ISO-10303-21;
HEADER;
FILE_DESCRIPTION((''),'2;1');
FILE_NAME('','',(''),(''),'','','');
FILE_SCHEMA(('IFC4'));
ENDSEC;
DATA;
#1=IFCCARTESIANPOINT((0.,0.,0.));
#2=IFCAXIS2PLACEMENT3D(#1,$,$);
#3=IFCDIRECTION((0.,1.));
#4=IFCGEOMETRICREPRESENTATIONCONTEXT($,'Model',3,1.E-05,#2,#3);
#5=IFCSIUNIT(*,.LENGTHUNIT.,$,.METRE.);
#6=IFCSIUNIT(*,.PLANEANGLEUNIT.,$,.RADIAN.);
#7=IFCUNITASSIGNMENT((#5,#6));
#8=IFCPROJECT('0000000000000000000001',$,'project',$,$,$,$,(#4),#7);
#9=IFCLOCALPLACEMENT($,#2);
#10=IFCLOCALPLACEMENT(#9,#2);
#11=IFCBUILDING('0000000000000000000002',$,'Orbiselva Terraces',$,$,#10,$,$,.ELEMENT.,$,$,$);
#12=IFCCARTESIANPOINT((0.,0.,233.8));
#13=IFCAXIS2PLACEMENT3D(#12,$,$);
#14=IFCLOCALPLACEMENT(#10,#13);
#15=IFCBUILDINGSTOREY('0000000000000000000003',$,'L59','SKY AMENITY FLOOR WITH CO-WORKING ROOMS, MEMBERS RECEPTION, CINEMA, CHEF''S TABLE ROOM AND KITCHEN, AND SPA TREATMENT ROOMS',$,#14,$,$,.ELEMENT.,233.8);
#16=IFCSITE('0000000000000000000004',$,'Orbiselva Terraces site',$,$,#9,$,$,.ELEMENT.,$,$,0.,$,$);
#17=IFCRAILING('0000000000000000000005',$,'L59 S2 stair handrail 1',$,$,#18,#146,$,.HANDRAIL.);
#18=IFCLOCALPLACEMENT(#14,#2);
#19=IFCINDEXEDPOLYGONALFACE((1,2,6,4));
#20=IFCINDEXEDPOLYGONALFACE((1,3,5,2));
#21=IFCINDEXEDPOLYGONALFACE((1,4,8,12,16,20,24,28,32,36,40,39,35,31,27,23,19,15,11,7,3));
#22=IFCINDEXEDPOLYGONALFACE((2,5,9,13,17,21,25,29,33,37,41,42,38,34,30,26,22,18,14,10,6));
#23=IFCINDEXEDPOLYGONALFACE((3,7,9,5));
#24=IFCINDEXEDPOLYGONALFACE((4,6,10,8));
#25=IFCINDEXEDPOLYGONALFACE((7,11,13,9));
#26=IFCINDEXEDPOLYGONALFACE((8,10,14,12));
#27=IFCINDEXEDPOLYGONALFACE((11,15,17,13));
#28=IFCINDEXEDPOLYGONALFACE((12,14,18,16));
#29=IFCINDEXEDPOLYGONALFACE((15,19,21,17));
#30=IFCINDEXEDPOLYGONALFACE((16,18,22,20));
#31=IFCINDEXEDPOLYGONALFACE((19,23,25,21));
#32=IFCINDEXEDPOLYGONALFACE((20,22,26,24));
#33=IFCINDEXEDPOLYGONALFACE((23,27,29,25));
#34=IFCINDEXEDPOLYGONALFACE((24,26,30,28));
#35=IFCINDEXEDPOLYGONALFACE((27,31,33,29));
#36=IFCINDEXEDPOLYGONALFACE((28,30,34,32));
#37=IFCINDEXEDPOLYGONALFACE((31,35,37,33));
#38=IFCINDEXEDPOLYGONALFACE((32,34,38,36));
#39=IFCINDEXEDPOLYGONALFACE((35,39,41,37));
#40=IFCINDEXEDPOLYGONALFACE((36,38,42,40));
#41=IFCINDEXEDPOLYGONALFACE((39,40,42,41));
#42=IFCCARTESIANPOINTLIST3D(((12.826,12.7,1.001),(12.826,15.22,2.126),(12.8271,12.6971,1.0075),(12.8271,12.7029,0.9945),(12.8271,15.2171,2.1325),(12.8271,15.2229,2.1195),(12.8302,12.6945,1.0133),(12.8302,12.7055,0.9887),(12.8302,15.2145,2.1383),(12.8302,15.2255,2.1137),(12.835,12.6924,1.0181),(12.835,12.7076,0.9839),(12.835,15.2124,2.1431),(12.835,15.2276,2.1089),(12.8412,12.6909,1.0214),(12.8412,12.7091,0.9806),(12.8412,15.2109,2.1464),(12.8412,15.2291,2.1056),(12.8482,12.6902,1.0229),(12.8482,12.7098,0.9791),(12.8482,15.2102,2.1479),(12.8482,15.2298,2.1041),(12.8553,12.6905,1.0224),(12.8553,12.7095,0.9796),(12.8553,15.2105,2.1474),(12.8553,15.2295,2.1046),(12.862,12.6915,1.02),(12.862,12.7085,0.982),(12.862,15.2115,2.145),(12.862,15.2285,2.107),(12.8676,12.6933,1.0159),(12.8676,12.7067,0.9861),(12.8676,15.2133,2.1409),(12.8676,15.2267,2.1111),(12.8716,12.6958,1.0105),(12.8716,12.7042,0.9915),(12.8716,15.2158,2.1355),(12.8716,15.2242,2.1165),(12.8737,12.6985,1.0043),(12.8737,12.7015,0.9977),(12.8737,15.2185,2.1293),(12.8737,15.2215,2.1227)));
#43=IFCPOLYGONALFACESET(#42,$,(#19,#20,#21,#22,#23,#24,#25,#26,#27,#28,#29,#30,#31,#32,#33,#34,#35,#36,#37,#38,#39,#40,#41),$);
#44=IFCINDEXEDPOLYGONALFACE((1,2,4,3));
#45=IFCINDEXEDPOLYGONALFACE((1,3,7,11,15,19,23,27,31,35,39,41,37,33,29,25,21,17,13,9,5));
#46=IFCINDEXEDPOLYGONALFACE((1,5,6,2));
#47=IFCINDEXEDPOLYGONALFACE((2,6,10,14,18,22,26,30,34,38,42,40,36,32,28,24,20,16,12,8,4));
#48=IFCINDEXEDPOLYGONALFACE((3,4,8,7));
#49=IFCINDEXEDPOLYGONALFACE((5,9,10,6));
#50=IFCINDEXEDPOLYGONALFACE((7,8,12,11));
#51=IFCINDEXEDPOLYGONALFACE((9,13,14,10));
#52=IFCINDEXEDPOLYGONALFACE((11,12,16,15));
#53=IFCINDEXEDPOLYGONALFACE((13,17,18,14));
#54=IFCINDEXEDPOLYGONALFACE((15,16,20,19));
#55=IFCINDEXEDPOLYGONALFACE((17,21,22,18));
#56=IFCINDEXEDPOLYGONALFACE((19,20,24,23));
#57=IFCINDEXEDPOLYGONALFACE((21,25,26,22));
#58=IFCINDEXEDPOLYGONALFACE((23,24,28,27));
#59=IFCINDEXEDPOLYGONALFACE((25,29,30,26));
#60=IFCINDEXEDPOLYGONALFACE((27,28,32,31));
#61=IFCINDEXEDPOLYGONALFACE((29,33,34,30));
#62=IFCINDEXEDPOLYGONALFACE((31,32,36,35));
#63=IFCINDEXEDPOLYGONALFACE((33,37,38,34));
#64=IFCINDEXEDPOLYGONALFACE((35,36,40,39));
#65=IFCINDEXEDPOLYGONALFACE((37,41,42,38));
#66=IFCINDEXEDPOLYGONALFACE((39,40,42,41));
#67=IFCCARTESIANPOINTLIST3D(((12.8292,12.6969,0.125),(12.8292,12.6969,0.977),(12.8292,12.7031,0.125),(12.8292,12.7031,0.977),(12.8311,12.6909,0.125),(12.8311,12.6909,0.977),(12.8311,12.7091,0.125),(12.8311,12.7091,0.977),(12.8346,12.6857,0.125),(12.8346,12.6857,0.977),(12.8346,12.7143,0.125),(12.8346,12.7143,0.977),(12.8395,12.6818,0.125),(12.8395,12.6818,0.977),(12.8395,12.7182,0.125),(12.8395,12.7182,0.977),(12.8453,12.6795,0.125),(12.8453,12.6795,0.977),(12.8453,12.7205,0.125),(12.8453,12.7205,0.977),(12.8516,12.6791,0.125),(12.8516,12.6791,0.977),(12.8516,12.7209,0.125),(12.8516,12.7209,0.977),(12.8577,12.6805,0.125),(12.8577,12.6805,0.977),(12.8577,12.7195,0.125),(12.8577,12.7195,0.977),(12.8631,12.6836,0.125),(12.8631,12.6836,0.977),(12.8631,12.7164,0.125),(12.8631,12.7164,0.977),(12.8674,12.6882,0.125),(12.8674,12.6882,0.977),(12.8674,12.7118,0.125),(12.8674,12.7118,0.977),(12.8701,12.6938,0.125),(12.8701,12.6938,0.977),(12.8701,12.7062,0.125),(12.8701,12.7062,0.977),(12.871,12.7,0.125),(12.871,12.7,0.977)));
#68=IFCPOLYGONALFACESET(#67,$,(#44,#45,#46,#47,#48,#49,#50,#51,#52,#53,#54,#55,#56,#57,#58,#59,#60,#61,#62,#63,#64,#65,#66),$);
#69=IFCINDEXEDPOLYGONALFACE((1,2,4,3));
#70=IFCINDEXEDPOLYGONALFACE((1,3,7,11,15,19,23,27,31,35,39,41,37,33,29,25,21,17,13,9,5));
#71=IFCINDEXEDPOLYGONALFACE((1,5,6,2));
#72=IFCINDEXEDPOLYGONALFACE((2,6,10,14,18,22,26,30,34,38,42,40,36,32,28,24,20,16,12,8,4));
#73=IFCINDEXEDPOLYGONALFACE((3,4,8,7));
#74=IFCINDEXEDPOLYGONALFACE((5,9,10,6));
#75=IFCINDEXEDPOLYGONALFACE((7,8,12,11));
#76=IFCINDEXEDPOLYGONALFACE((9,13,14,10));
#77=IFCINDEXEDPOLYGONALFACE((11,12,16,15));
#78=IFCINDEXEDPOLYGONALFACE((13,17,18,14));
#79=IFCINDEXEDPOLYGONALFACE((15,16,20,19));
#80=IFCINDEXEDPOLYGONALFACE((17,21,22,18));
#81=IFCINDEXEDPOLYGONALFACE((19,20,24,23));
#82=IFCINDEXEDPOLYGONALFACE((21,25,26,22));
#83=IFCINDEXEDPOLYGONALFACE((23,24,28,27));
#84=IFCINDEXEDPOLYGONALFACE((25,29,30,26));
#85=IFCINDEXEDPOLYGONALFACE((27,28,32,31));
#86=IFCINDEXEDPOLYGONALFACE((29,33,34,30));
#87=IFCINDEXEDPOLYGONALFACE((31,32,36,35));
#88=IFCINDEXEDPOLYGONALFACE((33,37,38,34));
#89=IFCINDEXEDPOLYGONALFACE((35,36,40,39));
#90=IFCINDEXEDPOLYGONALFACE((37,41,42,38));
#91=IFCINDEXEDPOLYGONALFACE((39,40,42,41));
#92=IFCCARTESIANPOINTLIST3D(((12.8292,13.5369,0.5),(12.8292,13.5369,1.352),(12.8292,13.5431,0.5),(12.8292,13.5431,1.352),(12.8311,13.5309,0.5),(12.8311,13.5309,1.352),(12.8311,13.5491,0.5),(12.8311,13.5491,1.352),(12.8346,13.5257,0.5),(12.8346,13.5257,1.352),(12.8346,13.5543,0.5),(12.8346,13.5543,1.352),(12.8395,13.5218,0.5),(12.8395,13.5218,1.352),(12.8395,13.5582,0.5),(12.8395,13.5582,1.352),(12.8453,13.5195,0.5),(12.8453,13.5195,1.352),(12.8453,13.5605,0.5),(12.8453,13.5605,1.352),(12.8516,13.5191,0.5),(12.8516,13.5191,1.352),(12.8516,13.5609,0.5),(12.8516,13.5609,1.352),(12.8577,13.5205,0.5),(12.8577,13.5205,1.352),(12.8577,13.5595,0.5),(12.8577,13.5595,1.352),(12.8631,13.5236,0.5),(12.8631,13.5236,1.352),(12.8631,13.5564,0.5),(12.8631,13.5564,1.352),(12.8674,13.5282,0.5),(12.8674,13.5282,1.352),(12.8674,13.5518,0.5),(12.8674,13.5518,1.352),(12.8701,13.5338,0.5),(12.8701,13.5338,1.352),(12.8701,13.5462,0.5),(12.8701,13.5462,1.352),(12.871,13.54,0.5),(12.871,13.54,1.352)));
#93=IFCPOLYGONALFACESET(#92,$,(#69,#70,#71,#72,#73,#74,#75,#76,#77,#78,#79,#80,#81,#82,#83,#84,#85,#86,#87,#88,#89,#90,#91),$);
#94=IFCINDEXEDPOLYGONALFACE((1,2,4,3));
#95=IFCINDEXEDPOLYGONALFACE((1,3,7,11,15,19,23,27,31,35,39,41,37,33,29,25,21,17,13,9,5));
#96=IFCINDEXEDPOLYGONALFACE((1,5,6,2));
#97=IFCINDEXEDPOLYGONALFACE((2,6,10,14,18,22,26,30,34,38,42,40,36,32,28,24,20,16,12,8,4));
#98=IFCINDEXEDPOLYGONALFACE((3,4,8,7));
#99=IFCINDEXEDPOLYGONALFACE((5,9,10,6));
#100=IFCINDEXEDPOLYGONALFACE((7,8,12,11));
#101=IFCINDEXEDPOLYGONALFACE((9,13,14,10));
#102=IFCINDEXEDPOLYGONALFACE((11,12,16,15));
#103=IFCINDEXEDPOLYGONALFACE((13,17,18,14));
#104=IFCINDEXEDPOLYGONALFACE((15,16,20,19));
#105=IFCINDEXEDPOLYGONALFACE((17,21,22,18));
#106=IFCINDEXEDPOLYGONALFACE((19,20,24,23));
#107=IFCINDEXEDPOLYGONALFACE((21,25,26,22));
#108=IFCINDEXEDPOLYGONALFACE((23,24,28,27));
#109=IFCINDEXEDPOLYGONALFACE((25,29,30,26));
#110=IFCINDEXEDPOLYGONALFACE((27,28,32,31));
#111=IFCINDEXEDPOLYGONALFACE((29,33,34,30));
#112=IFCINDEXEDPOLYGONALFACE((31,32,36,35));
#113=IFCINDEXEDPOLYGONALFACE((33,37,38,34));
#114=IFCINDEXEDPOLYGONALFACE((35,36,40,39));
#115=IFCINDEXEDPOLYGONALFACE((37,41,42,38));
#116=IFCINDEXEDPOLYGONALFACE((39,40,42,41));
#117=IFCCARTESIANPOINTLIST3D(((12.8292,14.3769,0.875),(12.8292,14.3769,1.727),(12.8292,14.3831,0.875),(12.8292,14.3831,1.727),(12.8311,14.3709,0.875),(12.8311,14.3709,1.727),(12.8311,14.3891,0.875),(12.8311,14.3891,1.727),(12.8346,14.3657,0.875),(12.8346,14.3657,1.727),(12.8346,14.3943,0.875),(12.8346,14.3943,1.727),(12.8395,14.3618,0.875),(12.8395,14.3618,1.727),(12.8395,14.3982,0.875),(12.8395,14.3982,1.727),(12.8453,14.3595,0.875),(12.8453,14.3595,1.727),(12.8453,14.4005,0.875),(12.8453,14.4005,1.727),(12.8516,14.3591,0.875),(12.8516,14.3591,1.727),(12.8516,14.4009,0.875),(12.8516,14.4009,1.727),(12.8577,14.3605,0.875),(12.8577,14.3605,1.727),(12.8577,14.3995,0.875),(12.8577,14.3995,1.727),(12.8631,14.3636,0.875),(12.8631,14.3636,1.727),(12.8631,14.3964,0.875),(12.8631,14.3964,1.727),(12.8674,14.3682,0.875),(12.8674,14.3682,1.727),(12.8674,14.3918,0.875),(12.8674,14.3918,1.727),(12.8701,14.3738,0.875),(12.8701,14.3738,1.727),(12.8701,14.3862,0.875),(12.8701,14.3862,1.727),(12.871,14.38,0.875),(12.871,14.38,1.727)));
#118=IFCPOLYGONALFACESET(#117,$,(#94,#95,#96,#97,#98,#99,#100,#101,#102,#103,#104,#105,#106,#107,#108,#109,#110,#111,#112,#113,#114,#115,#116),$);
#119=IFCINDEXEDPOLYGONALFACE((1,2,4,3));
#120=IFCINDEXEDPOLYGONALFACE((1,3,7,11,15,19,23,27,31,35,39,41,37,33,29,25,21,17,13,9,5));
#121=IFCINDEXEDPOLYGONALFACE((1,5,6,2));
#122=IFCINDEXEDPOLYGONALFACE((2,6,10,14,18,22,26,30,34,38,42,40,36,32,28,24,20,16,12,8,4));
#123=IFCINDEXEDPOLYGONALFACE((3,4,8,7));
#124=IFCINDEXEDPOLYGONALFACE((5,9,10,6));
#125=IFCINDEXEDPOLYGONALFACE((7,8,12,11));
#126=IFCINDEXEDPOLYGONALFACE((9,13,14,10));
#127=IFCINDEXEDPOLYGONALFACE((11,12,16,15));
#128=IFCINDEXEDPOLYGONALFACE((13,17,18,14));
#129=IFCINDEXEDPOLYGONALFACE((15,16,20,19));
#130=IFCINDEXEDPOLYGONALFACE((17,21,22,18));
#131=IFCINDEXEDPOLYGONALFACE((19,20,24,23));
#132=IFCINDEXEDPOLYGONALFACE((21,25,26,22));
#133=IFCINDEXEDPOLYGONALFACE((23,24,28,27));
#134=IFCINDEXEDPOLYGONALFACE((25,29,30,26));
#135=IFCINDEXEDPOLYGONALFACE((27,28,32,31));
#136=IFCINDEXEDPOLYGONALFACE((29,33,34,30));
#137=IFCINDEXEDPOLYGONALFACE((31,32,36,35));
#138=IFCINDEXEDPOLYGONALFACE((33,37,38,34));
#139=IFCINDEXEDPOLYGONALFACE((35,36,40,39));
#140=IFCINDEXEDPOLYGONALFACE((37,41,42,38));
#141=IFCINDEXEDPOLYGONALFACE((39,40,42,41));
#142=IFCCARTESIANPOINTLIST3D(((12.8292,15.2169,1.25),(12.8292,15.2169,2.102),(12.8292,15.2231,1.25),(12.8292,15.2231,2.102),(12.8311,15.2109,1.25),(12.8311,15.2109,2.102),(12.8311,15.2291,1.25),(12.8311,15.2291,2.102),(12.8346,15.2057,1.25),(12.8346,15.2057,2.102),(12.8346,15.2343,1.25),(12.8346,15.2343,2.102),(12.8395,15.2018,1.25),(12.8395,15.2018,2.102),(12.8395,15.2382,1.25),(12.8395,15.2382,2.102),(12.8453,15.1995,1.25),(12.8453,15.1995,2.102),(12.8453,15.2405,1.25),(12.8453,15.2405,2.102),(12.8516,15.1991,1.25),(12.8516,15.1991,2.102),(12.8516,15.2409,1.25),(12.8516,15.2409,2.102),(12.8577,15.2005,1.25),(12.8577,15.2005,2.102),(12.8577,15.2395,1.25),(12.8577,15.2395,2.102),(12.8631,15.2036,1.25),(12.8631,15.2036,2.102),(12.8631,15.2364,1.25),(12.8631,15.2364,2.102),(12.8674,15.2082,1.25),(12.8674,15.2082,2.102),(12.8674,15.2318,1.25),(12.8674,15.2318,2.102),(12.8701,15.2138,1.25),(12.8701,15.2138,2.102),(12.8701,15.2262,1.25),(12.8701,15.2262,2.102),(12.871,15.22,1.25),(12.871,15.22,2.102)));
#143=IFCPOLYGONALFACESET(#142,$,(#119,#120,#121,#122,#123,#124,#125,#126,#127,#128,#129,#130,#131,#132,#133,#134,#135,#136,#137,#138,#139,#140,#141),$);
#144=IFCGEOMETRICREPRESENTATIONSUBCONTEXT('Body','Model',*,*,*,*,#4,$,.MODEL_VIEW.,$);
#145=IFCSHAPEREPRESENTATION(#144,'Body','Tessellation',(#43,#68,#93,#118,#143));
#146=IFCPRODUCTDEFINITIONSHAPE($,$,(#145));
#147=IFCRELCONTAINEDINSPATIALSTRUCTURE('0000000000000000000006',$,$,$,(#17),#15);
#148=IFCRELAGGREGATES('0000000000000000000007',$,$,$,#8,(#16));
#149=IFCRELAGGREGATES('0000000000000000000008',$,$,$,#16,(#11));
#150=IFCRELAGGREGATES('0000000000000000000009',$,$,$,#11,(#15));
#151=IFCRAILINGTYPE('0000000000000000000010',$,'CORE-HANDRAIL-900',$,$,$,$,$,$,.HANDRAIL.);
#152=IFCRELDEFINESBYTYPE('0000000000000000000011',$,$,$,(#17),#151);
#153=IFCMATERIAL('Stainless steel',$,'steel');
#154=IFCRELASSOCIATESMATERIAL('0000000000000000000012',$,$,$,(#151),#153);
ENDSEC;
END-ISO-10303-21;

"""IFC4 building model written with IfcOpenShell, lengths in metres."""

from ifc_helpers import new_model, si_unit, direction, frame, origin, origin_2d, place, context, subcontext, project, spatial, circle, extrude, material, type_object, element, save


model = new_model("IFC4")

# Units and contexts
model_context = context("Model", 3, precision=1e-05, world=origin(), true_north=direction((0.0, 1.0)))
body_context = subcontext(model_context, "Body", "Model", "MODEL_VIEW")
ifc_project = project(units=[si_unit("LENGTHUNIT", "METRE"), si_unit("PLANEANGLEUNIT", "RADIAN")], contexts=[model_context])

# Site, building, storey
site_placement = place(None, origin())
site = spatial("IfcSite", under=ifc_project, at=site_placement, Name="Orbiselva Terraces site", CompositionType="ELEMENT", RefElevation=0.0)
building_placement = place(site_placement, origin())
building = spatial("IfcBuilding", under=site, at=building_placement, Name="Orbiselva Terraces", CompositionType="ELEMENT")
storey_placement = place(building_placement, frame((0.0, 0.0, 233.8)))
storey = spatial("IfcBuildingStorey", under=building, at=storey_placement, Name="L59", Description="SKY AMENITY FLOOR WITH CO-WORKING ROOMS, MEMBERS RECEPTION, CINEMA, CHEF'S TABLE ROOM AND KITCHEN, AND SPA TREATMENT ROOMS", CompositionType="ELEMENT", Elevation=233.8)

# Railing
ifc_material_1 = material(Name="Stainless steel", Category="steel")
railing_type_1 = type_object("IfcRailingType", Name="CORE-HANDRAIL-900", PredefinedType="HANDRAIL", material=ifc_material_1)
railing_1_placement = place(storey_placement, frame((12.85, 12.7, 0.125)))
element("IfcRailing", 1, at=railing_1_placement, inside=storey, type_object=railing_type_1, Name="L59 S2 stair handrail 1", PredefinedType="HANDRAIL", context=body_context, shape_type="SweptSolid", body=[
    extrude(circle(Radius=0.024, at=origin_2d()), frame((0.0, 0.0, 0.876), z_axis=(0.0, 0.913138, 0.407651), x_axis=(-1.0, 0.0, 0.0)), (0.0, 0.0, 1.0), 2.7597),
    extrude(circle(Radius=0.021, at=origin_2d()), origin(), (0.0, 0.0, 1.0), 0.852),
    extrude(circle(Radius=0.021, at=origin_2d()), frame((0.0, 0.84, 0.375)), (0.0, 0.0, 1.0), 0.852),
    extrude(circle(Radius=0.021, at=origin_2d()), frame((0.0, 1.68, 0.75)), (0.0, 0.0, 1.0), 0.852),
    extrude(circle(Radius=0.021, at=origin_2d()), frame((0.0, 2.52, 1.125)), (0.0, 0.0, 1.0), 0.852),
])

save(model, "model.ifc")
